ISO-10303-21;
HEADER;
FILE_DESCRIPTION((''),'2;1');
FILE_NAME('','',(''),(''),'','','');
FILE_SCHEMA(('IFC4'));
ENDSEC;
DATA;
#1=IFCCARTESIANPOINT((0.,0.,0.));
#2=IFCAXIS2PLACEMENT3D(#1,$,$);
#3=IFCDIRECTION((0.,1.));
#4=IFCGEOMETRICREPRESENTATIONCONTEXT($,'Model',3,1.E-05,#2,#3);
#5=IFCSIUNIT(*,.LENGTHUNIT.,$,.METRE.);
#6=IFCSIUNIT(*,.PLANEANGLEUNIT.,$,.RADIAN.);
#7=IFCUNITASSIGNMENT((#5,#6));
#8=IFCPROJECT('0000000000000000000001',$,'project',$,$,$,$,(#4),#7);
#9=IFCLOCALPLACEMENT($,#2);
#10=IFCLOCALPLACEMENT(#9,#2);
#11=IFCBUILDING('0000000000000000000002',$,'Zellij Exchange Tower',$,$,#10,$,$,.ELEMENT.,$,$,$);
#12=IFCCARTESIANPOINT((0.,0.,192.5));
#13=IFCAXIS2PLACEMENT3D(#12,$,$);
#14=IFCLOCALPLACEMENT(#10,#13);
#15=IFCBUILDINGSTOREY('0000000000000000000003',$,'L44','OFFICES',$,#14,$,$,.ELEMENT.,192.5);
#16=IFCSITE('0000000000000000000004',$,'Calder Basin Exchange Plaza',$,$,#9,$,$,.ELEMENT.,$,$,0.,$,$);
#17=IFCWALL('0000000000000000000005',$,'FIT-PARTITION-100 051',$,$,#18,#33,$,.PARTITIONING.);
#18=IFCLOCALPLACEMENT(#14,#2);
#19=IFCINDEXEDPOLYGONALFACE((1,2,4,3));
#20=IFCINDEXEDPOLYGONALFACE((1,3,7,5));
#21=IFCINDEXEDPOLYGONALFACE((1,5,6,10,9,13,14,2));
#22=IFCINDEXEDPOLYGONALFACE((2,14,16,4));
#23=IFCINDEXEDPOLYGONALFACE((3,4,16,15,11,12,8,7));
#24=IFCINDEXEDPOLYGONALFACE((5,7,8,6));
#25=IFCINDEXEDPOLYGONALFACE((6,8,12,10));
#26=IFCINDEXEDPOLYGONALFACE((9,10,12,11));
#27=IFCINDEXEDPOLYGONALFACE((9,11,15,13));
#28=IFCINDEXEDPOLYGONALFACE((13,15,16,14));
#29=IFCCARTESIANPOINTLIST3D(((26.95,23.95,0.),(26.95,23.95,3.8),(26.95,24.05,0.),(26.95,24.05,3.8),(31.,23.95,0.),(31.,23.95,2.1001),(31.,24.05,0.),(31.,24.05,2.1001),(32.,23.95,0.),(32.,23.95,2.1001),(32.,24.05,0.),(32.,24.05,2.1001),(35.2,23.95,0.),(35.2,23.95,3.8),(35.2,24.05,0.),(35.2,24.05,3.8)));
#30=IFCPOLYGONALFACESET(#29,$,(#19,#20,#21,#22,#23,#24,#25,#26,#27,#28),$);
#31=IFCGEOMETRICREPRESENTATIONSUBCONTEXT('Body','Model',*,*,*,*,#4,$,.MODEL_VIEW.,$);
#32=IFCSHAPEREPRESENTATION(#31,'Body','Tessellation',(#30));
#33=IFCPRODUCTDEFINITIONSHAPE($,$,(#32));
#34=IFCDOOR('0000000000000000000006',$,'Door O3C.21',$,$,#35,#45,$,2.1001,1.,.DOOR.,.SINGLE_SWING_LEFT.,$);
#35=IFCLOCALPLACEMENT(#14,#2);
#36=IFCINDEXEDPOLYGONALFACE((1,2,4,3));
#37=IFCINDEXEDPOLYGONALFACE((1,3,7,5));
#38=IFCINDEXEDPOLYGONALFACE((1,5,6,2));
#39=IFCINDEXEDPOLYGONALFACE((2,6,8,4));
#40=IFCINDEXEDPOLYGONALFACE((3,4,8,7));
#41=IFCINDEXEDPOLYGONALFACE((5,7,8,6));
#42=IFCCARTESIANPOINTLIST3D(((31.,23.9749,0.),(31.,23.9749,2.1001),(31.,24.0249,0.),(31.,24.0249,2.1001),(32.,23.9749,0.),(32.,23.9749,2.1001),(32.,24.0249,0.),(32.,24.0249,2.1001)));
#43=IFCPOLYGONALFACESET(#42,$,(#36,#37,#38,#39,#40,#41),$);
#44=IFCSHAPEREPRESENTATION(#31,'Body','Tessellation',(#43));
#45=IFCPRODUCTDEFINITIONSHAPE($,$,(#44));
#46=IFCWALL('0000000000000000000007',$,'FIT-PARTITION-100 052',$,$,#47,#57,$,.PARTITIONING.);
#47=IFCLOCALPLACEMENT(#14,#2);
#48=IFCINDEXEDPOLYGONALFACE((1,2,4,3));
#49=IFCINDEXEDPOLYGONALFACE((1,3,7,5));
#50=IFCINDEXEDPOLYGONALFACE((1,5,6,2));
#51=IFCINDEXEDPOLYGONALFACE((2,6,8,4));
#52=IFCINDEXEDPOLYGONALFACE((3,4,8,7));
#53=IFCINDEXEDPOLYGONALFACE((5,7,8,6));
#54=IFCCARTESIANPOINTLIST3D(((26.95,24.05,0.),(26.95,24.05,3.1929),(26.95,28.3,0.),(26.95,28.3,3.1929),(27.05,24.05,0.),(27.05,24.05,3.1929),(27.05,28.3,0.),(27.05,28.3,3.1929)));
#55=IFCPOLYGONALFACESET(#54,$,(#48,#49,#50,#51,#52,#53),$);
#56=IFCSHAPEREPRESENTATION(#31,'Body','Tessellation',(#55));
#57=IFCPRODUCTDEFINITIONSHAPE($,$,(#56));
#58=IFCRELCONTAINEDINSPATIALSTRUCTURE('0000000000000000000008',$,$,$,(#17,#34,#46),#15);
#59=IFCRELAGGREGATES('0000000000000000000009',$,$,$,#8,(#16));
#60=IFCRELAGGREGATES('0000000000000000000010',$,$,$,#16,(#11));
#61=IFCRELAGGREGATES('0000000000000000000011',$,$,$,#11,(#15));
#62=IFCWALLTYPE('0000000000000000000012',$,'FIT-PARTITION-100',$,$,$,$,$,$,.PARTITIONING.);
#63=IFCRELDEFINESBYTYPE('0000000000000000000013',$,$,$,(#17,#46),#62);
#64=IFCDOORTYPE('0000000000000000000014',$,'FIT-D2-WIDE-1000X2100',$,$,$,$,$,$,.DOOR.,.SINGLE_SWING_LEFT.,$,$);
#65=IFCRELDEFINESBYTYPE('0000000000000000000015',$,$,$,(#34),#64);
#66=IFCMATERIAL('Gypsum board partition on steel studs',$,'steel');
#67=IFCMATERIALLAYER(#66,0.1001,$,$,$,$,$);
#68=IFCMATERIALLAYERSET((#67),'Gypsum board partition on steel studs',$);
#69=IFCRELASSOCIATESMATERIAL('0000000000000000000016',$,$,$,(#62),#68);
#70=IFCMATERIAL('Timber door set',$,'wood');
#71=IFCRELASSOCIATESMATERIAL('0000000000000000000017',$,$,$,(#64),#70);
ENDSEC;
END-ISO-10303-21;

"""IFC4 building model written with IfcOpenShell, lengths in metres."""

from ifc_helpers import new_model, si_unit, direction, frame, frame_2d, origin, place, context, subcontext, project, spatial, rectangle, extrude, material, layer, layer_set, type_object, element, fill, save


model = new_model("IFC4")

# Units and contexts
model_context = context("Model", 3, precision=1e-05, world=origin(), true_north=direction((0.0, 1.0)))
body_context = subcontext(model_context, "Body", "Model", "MODEL_VIEW")
ifc_project = project(units=[si_unit("LENGTHUNIT", "METRE"), si_unit("PLANEANGLEUNIT", "RADIAN")], contexts=[model_context])

# Site, building, storey
site_placement = place(None, origin())
site = spatial("IfcSite", under=ifc_project, at=site_placement, Name="Calder Basin Exchange Plaza", CompositionType="ELEMENT", RefElevation=0.0)
building_placement = place(site_placement, origin())
building = spatial("IfcBuilding", under=site, at=building_placement, Name="Zellij Exchange Tower", CompositionType="ELEMENT")
storey_placement = place(building_placement, frame((0.0, 0.0, 192.5)))
storey = spatial("IfcBuildingStorey", under=building, at=storey_placement, Name="L44", Description="OFFICES", CompositionType="ELEMENT", Elevation=192.5)

# Shared definitions
ifc_material_1 = material(Name="Gypsum board partition on steel studs", Category="steel")
ifc_layer = layer(ifc_material_1, 0.1001)
ifc_layer_set = layer_set([ifc_layer], Name="Gypsum board partition on steel studs")
wall_type = type_object("IfcWallType", Name="FIT-PARTITION-100", PredefinedType="PARTITIONING", material=ifc_layer_set)

# Wall, opening, door
wall_1_placement = place(storey_placement, frame((26.95, 24.0, 0.0), z_axis=(0.0, 0.0, 1.0), x_axis=(1.0, 0.0, 0.0)))
wall_1 = element("IfcWall", 1, at=wall_1_placement, inside=storey, type_object=wall_type, Name="FIT-PARTITION-100 051", PredefinedType="PARTITIONING", context=body_context, shape_type="SweptSolid", body=[
    extrude(rectangle(XDim=8.25, YDim=0.1001, at=frame_2d((4.125, 0.0))), origin(), (0.0, 0.0, 1.0), 3.8),
])
opening_placement = place(wall_1_placement, frame((4.05, 0.0, 0.0)))
opening = element("IfcOpeningElement", 2, at=opening_placement, cuts=wall_1, PredefinedType="OPENING", context=body_context, shape_type="SweptSolid", body=[
    extrude(rectangle(XDim=1.0, YDim=2.1001, at=frame_2d((0.5, 1.05))), frame((0.0, 0.062, 0.0), z_axis=(0.0, -1.0, 0.0), x_axis=(1.0, 0.0, 0.0)), (0.0, 0.0, 1.0), 0.124),
])
ifc_material_2 = material(Name="Timber door set", Category="wood")
door_type = type_object("IfcDoorType", Name="FIT-D2-WIDE-1000X2100", OperationType="SINGLE_SWING_LEFT", PredefinedType="DOOR", material=ifc_material_2)
door_placement = place(opening_placement, origin())
door = element("IfcDoor", 3, at=door_placement, inside=storey, type_object=door_type, Name="Door O3C.21", OperationType="SINGLE_SWING_LEFT", OverallHeight=2.1001, OverallWidth=1.0, PredefinedType="DOOR", context=body_context, shape_type="SweptSolid", body=[
    extrude(rectangle(XDim=1.0, YDim=2.1001, at=frame_2d((0.5, 1.05))), frame((0.0, 0.0249, 0.0), z_axis=(0.0, -1.0, 0.0), x_axis=(1.0, 0.0, 0.0)), (0.0, 0.0, 1.0), 0.05),
])
fill(opening, door)

# Wall
wall_2_placement = place(storey_placement, frame((27.0, 24.05, 0.0), z_axis=(0.0, 0.0, 1.0), x_axis=(0.0, 1.0, 0.0)))
element("IfcWall", 4, at=wall_2_placement, inside=storey, type_object=wall_type, Name="FIT-PARTITION-100 052", PredefinedType="PARTITIONING", context=body_context, shape_type="SweptSolid", body=[
    extrude(rectangle(XDim=4.25, YDim=0.1001, at=frame_2d((2.125, 0.0))), origin(), (0.0, 0.0, 1.0), 3.1929),
])

save(model, "model.ifc")
